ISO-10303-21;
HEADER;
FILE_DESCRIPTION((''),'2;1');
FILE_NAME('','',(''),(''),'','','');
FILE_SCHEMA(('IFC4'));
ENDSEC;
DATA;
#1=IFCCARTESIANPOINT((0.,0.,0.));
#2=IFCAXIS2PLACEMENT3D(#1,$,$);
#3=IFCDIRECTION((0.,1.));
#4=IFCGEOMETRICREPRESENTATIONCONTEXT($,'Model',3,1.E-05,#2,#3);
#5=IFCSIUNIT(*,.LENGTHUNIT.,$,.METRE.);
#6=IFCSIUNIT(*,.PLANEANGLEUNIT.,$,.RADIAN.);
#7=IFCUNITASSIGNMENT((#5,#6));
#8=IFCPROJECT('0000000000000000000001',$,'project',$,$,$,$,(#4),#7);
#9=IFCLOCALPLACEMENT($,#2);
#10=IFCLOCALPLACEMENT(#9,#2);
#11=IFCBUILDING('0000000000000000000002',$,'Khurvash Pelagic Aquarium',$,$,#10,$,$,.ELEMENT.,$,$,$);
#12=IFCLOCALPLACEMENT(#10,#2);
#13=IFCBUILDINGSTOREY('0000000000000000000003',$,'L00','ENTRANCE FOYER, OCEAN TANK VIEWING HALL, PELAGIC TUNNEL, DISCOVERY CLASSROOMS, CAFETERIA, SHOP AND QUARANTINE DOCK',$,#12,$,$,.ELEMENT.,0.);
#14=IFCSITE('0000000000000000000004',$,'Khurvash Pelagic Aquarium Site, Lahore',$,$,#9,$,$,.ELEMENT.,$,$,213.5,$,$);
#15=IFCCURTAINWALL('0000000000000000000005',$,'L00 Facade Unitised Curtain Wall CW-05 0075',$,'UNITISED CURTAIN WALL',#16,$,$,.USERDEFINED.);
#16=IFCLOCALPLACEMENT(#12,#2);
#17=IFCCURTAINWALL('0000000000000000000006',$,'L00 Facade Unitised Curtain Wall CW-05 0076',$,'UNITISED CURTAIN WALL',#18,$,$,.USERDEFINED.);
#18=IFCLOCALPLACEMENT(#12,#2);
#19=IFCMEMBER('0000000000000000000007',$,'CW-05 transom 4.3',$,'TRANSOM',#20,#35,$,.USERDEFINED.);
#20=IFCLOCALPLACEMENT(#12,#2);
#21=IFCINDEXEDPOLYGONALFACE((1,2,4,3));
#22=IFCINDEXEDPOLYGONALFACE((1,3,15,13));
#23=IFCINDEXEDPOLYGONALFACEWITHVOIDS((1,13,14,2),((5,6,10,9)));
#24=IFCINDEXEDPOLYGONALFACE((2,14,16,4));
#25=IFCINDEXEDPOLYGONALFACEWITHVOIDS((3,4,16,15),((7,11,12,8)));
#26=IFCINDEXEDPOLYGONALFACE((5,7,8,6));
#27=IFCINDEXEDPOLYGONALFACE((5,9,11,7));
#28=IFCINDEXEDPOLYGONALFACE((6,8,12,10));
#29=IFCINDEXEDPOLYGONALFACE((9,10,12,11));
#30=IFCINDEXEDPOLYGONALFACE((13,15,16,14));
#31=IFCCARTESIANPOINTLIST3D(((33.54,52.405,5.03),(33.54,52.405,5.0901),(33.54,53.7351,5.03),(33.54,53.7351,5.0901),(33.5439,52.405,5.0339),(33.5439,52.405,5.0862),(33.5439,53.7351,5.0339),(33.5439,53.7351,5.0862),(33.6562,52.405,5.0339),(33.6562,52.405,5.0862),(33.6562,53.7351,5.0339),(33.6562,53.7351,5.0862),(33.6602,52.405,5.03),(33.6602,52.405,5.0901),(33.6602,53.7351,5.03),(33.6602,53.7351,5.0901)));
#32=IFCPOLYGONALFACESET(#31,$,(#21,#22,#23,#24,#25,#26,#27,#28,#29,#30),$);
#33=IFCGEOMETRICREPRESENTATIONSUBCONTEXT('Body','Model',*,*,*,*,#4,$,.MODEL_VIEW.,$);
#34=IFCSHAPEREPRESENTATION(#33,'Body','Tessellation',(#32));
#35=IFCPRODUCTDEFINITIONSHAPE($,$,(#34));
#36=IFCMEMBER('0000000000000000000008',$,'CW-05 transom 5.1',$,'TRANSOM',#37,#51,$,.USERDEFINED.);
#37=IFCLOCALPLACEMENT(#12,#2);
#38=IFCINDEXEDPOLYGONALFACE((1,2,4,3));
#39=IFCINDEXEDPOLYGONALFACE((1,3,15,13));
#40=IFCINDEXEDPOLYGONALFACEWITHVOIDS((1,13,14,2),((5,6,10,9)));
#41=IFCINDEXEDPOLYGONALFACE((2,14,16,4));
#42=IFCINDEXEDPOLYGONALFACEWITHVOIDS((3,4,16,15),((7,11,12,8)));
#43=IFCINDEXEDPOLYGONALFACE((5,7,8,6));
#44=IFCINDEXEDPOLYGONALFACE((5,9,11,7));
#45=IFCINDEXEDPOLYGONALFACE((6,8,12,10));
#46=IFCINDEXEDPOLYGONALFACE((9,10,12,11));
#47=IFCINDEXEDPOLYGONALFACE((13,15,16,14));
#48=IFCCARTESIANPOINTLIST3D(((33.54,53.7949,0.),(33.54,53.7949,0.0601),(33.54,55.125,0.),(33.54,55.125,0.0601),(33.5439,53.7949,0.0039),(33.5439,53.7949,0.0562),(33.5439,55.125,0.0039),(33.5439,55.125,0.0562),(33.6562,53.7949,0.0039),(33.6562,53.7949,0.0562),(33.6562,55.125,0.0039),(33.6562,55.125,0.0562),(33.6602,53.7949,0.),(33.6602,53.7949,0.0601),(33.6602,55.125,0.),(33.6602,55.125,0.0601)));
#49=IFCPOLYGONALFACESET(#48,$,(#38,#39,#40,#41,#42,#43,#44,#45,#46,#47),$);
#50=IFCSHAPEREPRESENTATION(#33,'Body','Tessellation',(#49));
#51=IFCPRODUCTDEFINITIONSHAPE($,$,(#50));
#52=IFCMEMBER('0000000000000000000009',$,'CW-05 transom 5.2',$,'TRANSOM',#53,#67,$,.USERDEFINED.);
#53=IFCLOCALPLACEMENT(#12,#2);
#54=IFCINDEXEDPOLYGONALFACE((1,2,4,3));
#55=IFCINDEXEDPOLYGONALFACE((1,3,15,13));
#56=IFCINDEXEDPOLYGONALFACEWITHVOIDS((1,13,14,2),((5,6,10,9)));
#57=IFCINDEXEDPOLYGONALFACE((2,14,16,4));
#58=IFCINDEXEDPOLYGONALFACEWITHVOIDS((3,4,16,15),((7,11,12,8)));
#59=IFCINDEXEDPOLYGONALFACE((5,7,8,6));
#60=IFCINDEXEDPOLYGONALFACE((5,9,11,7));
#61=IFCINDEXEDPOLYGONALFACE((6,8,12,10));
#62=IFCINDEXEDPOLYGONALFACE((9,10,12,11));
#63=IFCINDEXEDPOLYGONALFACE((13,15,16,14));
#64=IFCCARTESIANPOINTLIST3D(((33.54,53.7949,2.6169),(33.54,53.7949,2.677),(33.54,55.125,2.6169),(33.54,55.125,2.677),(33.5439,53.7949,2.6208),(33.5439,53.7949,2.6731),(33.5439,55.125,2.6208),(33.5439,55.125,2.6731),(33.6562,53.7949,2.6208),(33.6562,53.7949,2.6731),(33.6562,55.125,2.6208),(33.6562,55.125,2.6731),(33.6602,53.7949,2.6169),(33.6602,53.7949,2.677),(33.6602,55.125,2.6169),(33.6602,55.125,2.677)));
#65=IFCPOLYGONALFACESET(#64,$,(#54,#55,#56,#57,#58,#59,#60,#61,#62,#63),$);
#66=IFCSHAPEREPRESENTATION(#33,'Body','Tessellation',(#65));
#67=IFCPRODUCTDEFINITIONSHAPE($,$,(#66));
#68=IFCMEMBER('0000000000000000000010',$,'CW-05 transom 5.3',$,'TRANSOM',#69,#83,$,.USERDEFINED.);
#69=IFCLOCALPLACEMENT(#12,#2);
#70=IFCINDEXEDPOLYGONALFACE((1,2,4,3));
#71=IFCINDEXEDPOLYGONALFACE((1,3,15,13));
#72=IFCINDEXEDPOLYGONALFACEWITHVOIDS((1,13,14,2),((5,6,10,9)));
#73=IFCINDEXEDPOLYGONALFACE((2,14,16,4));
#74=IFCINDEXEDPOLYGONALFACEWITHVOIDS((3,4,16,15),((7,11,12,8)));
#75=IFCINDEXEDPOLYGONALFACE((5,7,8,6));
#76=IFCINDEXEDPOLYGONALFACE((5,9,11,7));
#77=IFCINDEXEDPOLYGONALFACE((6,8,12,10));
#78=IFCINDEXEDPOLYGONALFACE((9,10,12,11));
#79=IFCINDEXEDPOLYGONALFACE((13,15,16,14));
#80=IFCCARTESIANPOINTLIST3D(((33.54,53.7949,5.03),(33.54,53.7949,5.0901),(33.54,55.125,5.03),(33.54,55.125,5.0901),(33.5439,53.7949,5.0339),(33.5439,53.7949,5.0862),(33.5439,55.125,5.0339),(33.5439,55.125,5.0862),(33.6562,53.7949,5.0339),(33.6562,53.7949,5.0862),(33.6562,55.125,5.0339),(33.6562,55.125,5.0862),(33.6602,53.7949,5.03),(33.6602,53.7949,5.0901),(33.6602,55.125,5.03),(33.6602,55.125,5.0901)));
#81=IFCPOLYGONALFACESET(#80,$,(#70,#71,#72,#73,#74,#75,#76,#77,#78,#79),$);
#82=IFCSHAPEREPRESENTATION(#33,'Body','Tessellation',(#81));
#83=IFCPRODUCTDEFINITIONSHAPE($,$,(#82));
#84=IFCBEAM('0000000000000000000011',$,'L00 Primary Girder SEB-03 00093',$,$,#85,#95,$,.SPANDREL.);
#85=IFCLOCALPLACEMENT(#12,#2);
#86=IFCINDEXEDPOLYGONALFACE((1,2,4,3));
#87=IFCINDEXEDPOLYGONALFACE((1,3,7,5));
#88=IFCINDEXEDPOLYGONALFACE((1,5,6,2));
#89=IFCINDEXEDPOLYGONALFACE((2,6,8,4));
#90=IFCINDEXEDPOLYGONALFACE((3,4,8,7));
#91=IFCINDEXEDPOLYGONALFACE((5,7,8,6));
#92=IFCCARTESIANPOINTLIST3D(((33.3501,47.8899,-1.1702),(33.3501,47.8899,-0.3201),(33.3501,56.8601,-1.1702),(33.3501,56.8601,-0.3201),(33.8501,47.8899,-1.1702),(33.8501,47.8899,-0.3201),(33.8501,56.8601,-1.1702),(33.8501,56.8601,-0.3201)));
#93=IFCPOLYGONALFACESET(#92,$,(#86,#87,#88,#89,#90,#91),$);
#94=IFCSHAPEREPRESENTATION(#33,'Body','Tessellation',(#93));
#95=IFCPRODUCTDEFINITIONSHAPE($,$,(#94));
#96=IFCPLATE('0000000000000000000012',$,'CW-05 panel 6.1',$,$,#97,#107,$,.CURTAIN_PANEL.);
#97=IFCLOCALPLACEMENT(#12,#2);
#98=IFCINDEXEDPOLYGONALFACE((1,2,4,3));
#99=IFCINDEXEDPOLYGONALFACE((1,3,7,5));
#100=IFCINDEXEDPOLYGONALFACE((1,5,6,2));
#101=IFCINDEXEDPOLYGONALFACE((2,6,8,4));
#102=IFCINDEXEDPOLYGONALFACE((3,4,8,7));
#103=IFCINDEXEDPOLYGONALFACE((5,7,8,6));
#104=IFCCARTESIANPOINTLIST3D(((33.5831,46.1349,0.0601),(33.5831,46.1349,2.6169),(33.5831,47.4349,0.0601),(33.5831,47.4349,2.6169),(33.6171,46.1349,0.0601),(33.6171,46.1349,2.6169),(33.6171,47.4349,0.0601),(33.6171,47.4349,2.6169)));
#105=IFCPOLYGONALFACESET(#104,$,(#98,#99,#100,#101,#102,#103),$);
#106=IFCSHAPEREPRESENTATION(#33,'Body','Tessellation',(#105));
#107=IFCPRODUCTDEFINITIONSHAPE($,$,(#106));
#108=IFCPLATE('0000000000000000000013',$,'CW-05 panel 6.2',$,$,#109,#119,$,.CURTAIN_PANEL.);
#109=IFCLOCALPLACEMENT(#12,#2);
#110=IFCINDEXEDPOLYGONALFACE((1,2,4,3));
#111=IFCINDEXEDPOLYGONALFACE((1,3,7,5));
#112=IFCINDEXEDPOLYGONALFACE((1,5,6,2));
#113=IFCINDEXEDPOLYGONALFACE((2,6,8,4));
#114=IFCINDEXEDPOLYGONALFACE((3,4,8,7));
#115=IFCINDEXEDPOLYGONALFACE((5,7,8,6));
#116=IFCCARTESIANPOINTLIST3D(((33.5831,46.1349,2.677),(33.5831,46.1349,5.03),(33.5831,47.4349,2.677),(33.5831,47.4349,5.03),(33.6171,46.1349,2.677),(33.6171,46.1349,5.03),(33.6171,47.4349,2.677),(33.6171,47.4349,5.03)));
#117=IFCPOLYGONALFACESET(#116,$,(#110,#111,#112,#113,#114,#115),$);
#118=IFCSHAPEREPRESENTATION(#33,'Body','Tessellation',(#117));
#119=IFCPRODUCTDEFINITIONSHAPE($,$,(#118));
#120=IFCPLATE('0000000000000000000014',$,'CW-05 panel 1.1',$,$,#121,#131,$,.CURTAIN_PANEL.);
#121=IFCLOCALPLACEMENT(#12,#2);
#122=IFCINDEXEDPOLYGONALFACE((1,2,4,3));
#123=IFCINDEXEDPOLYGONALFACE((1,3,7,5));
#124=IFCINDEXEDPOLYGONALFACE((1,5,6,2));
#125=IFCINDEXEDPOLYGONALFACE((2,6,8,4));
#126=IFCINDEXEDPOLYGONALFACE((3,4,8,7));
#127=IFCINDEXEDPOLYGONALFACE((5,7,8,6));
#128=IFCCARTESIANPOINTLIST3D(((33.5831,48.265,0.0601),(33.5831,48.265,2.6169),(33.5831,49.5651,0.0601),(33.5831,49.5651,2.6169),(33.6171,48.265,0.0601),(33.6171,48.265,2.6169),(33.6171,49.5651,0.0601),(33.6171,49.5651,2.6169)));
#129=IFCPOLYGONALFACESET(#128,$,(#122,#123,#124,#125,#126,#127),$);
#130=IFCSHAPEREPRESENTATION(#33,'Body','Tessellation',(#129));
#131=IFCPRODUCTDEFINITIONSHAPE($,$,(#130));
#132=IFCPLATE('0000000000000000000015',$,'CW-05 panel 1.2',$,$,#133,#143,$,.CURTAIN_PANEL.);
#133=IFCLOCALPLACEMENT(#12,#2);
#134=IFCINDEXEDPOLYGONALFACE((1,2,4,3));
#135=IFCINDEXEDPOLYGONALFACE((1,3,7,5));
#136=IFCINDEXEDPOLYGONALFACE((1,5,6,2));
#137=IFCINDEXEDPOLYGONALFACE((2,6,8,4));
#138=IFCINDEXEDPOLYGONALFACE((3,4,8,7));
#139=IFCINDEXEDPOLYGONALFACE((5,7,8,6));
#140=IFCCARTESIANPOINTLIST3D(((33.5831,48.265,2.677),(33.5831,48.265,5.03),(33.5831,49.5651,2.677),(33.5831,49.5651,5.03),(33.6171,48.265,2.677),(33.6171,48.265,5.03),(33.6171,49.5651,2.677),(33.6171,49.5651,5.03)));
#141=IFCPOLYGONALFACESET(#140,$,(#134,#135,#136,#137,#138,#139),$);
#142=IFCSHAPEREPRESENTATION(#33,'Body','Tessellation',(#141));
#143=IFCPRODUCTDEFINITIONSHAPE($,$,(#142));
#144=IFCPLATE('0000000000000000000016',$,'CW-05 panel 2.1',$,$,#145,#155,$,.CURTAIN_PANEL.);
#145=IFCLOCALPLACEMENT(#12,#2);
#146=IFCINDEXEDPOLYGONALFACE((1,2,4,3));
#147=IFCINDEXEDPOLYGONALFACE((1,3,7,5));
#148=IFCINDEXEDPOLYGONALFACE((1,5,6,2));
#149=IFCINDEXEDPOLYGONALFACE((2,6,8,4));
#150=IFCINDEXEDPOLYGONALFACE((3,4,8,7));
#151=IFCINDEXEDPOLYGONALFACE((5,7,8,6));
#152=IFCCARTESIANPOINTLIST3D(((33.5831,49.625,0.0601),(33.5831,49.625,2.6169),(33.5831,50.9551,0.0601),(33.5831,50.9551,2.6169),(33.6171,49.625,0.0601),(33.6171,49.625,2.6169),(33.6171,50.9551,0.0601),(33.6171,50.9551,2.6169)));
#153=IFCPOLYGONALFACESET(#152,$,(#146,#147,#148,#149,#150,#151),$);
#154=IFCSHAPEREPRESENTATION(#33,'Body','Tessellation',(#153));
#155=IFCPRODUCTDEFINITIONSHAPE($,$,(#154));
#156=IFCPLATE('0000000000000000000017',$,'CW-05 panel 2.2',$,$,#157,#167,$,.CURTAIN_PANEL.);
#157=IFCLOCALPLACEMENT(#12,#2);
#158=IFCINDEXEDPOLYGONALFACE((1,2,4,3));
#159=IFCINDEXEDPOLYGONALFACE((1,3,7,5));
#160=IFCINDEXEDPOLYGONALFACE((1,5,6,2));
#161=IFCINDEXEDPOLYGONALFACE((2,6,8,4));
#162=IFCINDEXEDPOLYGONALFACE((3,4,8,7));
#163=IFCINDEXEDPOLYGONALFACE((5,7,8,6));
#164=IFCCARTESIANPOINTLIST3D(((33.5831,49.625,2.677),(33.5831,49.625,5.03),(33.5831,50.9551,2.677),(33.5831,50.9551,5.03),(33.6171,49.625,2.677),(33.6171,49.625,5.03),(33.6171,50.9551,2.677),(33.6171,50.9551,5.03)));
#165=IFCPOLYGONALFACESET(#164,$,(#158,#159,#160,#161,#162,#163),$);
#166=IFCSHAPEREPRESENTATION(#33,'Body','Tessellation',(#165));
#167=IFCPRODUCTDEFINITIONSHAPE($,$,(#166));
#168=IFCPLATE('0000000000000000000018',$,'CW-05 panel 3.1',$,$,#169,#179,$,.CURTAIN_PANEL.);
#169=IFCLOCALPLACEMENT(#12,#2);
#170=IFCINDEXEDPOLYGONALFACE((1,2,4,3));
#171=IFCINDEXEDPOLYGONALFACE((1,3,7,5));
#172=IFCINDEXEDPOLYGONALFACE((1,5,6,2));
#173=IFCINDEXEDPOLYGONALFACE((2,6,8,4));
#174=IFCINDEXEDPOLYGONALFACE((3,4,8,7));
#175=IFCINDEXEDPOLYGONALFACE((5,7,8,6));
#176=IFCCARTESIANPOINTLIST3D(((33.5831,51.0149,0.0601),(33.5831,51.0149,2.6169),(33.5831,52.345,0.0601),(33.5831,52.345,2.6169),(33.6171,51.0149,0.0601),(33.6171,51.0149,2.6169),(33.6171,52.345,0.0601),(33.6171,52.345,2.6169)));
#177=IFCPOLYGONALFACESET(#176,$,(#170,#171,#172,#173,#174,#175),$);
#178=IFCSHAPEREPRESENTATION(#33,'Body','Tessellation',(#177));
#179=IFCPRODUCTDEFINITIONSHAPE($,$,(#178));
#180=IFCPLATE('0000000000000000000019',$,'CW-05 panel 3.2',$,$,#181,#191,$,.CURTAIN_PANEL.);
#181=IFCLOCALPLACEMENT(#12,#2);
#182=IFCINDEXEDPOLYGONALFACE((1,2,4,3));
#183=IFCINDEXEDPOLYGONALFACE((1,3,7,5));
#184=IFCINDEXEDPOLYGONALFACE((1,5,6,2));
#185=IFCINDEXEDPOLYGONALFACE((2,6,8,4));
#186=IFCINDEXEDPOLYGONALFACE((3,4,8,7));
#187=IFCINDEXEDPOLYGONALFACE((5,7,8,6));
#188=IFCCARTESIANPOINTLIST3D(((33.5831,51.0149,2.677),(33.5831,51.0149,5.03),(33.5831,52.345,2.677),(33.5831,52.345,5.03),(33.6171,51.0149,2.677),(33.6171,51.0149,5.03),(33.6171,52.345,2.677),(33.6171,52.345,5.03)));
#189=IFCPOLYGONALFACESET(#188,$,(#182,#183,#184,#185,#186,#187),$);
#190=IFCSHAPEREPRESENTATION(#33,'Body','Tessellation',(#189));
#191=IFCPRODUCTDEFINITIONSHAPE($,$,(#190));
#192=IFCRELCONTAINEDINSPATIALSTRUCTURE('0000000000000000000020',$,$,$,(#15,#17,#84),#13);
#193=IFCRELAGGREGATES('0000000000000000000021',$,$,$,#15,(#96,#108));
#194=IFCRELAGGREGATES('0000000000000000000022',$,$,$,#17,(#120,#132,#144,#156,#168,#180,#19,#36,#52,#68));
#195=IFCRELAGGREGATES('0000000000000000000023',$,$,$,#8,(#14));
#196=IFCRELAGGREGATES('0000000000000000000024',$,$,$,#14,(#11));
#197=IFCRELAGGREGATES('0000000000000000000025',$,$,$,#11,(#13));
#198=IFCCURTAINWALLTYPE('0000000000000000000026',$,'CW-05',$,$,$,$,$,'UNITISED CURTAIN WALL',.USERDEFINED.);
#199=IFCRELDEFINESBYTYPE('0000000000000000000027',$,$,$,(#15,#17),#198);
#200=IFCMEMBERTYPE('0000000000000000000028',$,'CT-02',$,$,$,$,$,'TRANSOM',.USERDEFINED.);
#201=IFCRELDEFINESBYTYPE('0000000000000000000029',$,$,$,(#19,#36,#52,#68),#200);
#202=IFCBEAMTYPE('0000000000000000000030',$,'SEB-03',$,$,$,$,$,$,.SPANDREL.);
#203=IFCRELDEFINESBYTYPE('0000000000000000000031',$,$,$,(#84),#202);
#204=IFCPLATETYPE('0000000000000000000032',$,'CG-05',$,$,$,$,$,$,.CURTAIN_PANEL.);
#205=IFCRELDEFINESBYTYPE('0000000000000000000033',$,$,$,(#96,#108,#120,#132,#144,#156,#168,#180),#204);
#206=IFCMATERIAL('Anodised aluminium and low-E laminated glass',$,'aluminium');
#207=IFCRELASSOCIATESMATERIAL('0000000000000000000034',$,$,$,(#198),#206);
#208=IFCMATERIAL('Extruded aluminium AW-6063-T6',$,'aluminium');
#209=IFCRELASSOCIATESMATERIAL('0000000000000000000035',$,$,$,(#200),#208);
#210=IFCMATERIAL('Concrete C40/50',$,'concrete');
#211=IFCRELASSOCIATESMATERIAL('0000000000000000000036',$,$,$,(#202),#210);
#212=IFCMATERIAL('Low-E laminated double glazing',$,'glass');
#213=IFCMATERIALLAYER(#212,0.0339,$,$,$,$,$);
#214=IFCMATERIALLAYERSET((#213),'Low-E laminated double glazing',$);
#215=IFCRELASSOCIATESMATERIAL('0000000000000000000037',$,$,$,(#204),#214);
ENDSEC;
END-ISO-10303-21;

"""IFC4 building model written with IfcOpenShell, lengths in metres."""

from ifc_helpers import new_model, si_unit, direction, frame, origin, origin_2d, place, context, subcontext, project, spatial, rectangle, hollow_rectangle, extrude, material, layer, layer_set, material_profile, profile_set, type_object, element, aggregate, save


model = new_model("IFC4")

# Units and contexts
model_context = context("Model", 3, precision=1e-05, world=origin(), true_north=direction((0.0, 1.0)))
body_context = subcontext(model_context, "Body", "Model", "MODEL_VIEW")
ifc_project = project(units=[si_unit("LENGTHUNIT", "METRE"), si_unit("PLANEANGLEUNIT", "RADIAN")], contexts=[model_context])

# Site, building, storey
site_placement = place(None, origin())
site = spatial("IfcSite", under=ifc_project, at=site_placement, Name="Khurvash Pelagic Aquarium Site, Lahore", CompositionType="ELEMENT", RefElevation=213.5)
building_placement = place(site_placement, origin())
building = spatial("IfcBuilding", under=site, at=building_placement, Name="Khurvash Pelagic Aquarium", CompositionType="ELEMENT")
storey_placement = place(building_placement, origin())
storey = spatial("IfcBuildingStorey", under=building, at=storey_placement, Name="L00", Description="ENTRANCE FOYER, OCEAN TANK VIEWING HALL, PELAGIC TUNNEL, DISCOVERY CLASSROOMS, CAFETERIA, SHOP AND QUARANTINE DOCK", CompositionType="ELEMENT", Elevation=0.0)

# Shared definitions
ifc_material_1 = material(Name="Concrete C40/50", Category="concrete")

# Curtain walls
ifc_material_2 = material(Name="Anodised aluminium and low-E laminated glass", Category="aluminium")
curtain_wall_type = type_object("IfcCurtainWallType", Name="CW-05", ElementType="UNITISED CURTAIN WALL", PredefinedType="USERDEFINED", material=ifc_material_2)
curtain_wall_1_placement = place(storey_placement, origin())
curtain_wall_1 = element("IfcCurtainWall", 1, at=curtain_wall_1_placement, inside=storey, type_object=curtain_wall_type, Name="L00 Facade Unitised Curtain Wall CW-05 0075", ObjectType="UNITISED CURTAIN WALL", PredefinedType="USERDEFINED")
ifc_material_3 = material(Name="Extruded aluminium AW-6063-T6", Category="aluminium")
curtain_wall_2_placement = place(storey_placement, origin())
curtain_wall_2 = element("IfcCurtainWall", 2, at=curtain_wall_2_placement, inside=storey, type_object=curtain_wall_type, Name="L00 Facade Unitised Curtain Wall CW-05 0076", ObjectType="UNITISED CURTAIN WALL", PredefinedType="USERDEFINED")

# Members
ifc_material_profile_1 = material_profile(ifc_material_3, hollow_rectangle(XDim=0.1201, YDim=0.0601, WallThickness=0.0039, at=origin_2d()), Name="CWT120X60X4")
ifc_profile_set_1 = profile_set([ifc_material_profile_1], Name="Extruded aluminium AW-6063-T6")
member_type_1 = type_object("IfcMemberType", Name="CT-02", ElementType="TRANSOM", PredefinedType="USERDEFINED", material=ifc_profile_set_1)
member_1_placement = place(storey_placement, frame((33.6001, 52.405, 5.0601), z_axis=(0.0, 1.0, 0.0), x_axis=(-1.0, 0.0, 0.0)))
member_1 = element("IfcMember", 3, at=member_1_placement, type_object=member_type_1, Name="CW-05 transom 4.3", ObjectType="TRANSOM", PredefinedType="USERDEFINED", context=body_context, shape_type="SweptSolid", body=[
    extrude(hollow_rectangle(XDim=0.1201, YDim=0.0601, WallThickness=0.0039, at=origin_2d()), origin(), (0.0, 0.0, 1.0), 1.3301),
])
member_2_placement = place(storey_placement, frame((33.6001, 53.7949, 0.03), z_axis=(0.0, 1.0, 0.0), x_axis=(-1.0, 0.0, 0.0)))
member_2 = element("IfcMember", 4, at=member_2_placement, type_object=member_type_1, Name="CW-05 transom 5.1", ObjectType="TRANSOM", PredefinedType="USERDEFINED", context=body_context, shape_type="SweptSolid", body=[
    extrude(hollow_rectangle(XDim=0.1201, YDim=0.0601, WallThickness=0.0039, at=origin_2d()), origin(), (0.0, 0.0, 1.0), 1.3301),
])
member_3_placement = place(storey_placement, frame((33.6001, 53.7949, 2.647), z_axis=(0.0, 1.0, 0.0), x_axis=(-1.0, 0.0, 0.0)))
member_3 = element("IfcMember", 5, at=member_3_placement, type_object=member_type_1, Name="CW-05 transom 5.2", ObjectType="TRANSOM", PredefinedType="USERDEFINED", context=body_context, shape_type="SweptSolid", body=[
    extrude(hollow_rectangle(XDim=0.1201, YDim=0.0601, WallThickness=0.0039, at=origin_2d()), origin(), (0.0, 0.0, 1.0), 1.3301),
])
member_4_placement = place(storey_placement, frame((33.6001, 53.7949, 5.0601), z_axis=(0.0, 1.0, 0.0), x_axis=(-1.0, 0.0, 0.0)))
member_4 = element("IfcMember", 6, at=member_4_placement, type_object=member_type_1, Name="CW-05 transom 5.3", ObjectType="TRANSOM", PredefinedType="USERDEFINED", context=body_context, shape_type="SweptSolid", body=[
    extrude(hollow_rectangle(XDim=0.1201, YDim=0.0601, WallThickness=0.0039, at=origin_2d()), origin(), (0.0, 0.0, 1.0), 1.3301),
])

# Beam
ifc_material_profile_2 = material_profile(ifc_material_1, rectangle(XDim=0.5, YDim=0.8501, at=origin_2d()), Name="RC500X850")
ifc_profile_set_2 = profile_set([ifc_material_profile_2], Name="Concrete C40/50")
beam_type = type_object("IfcBeamType", Name="SEB-03", PredefinedType="SPANDREL", material=ifc_profile_set_2)
beam_placement = place(storey_placement, frame((33.6001, 47.8899, -0.7451), z_axis=(0.0, 1.0, 0.0), x_axis=(-1.0, 0.0, 0.0)))
element("IfcBeam", 7, at=beam_placement, inside=storey, type_object=beam_type, Name="L00 Primary Girder SEB-03 00093", PredefinedType="SPANDREL", context=body_context, shape_type="SweptSolid", body=[
    extrude(rectangle(XDim=0.5, YDim=0.8501, at=origin_2d()), origin(), (0.0, 0.0, 1.0), 8.9702),
])

# Plates
ifc_material_4 = material(Name="Low-E laminated double glazing", Category="glass")
ifc_layer = layer(ifc_material_4, 0.0339)
ifc_layer_set = layer_set([ifc_layer], Name="Low-E laminated double glazing")
plate_type = type_object("IfcPlateType", Name="CG-05", PredefinedType="CURTAIN_PANEL", material=ifc_layer_set)
plate_1_placement = place(storey_placement, frame((33.6001, 46.7849, 0.0601), z_axis=(0.0, 0.0, 1.0), x_axis=(0.0, 1.0, 0.0)))
plate_1 = element("IfcPlate", 8, at=plate_1_placement, type_object=plate_type, Name="CW-05 panel 6.1", PredefinedType="CURTAIN_PANEL", context=body_context, shape_type="SweptSolid", body=[
    extrude(rectangle(XDim=1.3, YDim=0.0339, at=origin_2d()), origin(), (0.0, 0.0, 1.0), 2.5569),
])
plate_2_placement = place(storey_placement, frame((33.6001, 46.7849, 2.677), z_axis=(0.0, 0.0, 1.0), x_axis=(0.0, 1.0, 0.0)))
plate_2 = element("IfcPlate", 9, at=plate_2_placement, type_object=plate_type, Name="CW-05 panel 6.2", PredefinedType="CURTAIN_PANEL", context=body_context, shape_type="SweptSolid", body=[
    extrude(rectangle(XDim=1.3, YDim=0.0339, at=origin_2d()), origin(), (0.0, 0.0, 1.0), 2.353),
])
aggregate(curtain_wall_1, [plate_1, plate_2])
plate_3_placement = place(storey_placement, frame((33.6001, 48.915, 0.0601), z_axis=(0.0, 0.0, 1.0), x_axis=(0.0, 1.0, 0.0)))
plate_3 = element("IfcPlate", 10, at=plate_3_placement, type_object=plate_type, Name="CW-05 panel 1.1", PredefinedType="CURTAIN_PANEL", context=body_context, shape_type="SweptSolid", body=[
    extrude(rectangle(XDim=1.3, YDim=0.0339, at=origin_2d()), origin(), (0.0, 0.0, 1.0), 2.5569),
])
plate_4_placement = place(storey_placement, frame((33.6001, 48.915, 2.677), z_axis=(0.0, 0.0, 1.0), x_axis=(0.0, 1.0, 0.0)))
plate_4 = element("IfcPlate", 11, at=plate_4_placement, type_object=plate_type, Name="CW-05 panel 1.2", PredefinedType="CURTAIN_PANEL", context=body_context, shape_type="SweptSolid", body=[
    extrude(rectangle(XDim=1.3, YDim=0.0339, at=origin_2d()), origin(), (0.0, 0.0, 1.0), 2.353),
])
plate_5_placement = place(storey_placement, frame((33.6001, 50.29, 0.0601), z_axis=(0.0, 0.0, 1.0), x_axis=(0.0, 1.0, 0.0)))
plate_5 = element("IfcPlate", 12, at=plate_5_placement, type_object=plate_type, Name="CW-05 panel 2.1", PredefinedType="CURTAIN_PANEL", context=body_context, shape_type="SweptSolid", body=[
    extrude(rectangle(XDim=1.3301, YDim=0.0339, at=origin_2d()), origin(), (0.0, 0.0, 1.0), 2.5569),
])
plate_6_placement = place(storey_placement, frame((33.6001, 50.29, 2.677), z_axis=(0.0, 0.0, 1.0), x_axis=(0.0, 1.0, 0.0)))
plate_6 = element("IfcPlate", 13, at=plate_6_placement, type_object=plate_type, Name="CW-05 panel 2.2", PredefinedType="CURTAIN_PANEL", context=body_context, shape_type="SweptSolid", body=[
    extrude(rectangle(XDim=1.3301, YDim=0.0339, at=origin_2d()), origin(), (0.0, 0.0, 1.0), 2.353),
])
plate_7_placement = place(storey_placement, frame((33.6001, 51.6799, 0.0601), z_axis=(0.0, 0.0, 1.0), x_axis=(0.0, 1.0, 0.0)))
plate_7 = element("IfcPlate", 14, at=plate_7_placement, type_object=plate_type, Name="CW-05 panel 3.1", PredefinedType="CURTAIN_PANEL", context=body_context, shape_type="SweptSolid", body=[
    extrude(rectangle(XDim=1.3301, YDim=0.0339, at=origin_2d()), origin(), (0.0, 0.0, 1.0), 2.5569),
])
plate_8_placement = place(storey_placement, frame((33.6001, 51.6799, 2.677), z_axis=(0.0, 0.0, 1.0), x_axis=(0.0, 1.0, 0.0)))
plate_8 = element("IfcPlate", 15, at=plate_8_placement, type_object=plate_type, Name="CW-05 panel 3.2", PredefinedType="CURTAIN_PANEL", context=body_context, shape_type="SweptSolid", body=[
    extrude(rectangle(XDim=1.3301, YDim=0.0339, at=origin_2d()), origin(), (0.0, 0.0, 1.0), 2.353),
])
aggregate(curtain_wall_2, [plate_3, plate_4, plate_5, plate_6, plate_7, plate_8, member_1, member_2, member_3, member_4])

save(model, "model.ifc")
